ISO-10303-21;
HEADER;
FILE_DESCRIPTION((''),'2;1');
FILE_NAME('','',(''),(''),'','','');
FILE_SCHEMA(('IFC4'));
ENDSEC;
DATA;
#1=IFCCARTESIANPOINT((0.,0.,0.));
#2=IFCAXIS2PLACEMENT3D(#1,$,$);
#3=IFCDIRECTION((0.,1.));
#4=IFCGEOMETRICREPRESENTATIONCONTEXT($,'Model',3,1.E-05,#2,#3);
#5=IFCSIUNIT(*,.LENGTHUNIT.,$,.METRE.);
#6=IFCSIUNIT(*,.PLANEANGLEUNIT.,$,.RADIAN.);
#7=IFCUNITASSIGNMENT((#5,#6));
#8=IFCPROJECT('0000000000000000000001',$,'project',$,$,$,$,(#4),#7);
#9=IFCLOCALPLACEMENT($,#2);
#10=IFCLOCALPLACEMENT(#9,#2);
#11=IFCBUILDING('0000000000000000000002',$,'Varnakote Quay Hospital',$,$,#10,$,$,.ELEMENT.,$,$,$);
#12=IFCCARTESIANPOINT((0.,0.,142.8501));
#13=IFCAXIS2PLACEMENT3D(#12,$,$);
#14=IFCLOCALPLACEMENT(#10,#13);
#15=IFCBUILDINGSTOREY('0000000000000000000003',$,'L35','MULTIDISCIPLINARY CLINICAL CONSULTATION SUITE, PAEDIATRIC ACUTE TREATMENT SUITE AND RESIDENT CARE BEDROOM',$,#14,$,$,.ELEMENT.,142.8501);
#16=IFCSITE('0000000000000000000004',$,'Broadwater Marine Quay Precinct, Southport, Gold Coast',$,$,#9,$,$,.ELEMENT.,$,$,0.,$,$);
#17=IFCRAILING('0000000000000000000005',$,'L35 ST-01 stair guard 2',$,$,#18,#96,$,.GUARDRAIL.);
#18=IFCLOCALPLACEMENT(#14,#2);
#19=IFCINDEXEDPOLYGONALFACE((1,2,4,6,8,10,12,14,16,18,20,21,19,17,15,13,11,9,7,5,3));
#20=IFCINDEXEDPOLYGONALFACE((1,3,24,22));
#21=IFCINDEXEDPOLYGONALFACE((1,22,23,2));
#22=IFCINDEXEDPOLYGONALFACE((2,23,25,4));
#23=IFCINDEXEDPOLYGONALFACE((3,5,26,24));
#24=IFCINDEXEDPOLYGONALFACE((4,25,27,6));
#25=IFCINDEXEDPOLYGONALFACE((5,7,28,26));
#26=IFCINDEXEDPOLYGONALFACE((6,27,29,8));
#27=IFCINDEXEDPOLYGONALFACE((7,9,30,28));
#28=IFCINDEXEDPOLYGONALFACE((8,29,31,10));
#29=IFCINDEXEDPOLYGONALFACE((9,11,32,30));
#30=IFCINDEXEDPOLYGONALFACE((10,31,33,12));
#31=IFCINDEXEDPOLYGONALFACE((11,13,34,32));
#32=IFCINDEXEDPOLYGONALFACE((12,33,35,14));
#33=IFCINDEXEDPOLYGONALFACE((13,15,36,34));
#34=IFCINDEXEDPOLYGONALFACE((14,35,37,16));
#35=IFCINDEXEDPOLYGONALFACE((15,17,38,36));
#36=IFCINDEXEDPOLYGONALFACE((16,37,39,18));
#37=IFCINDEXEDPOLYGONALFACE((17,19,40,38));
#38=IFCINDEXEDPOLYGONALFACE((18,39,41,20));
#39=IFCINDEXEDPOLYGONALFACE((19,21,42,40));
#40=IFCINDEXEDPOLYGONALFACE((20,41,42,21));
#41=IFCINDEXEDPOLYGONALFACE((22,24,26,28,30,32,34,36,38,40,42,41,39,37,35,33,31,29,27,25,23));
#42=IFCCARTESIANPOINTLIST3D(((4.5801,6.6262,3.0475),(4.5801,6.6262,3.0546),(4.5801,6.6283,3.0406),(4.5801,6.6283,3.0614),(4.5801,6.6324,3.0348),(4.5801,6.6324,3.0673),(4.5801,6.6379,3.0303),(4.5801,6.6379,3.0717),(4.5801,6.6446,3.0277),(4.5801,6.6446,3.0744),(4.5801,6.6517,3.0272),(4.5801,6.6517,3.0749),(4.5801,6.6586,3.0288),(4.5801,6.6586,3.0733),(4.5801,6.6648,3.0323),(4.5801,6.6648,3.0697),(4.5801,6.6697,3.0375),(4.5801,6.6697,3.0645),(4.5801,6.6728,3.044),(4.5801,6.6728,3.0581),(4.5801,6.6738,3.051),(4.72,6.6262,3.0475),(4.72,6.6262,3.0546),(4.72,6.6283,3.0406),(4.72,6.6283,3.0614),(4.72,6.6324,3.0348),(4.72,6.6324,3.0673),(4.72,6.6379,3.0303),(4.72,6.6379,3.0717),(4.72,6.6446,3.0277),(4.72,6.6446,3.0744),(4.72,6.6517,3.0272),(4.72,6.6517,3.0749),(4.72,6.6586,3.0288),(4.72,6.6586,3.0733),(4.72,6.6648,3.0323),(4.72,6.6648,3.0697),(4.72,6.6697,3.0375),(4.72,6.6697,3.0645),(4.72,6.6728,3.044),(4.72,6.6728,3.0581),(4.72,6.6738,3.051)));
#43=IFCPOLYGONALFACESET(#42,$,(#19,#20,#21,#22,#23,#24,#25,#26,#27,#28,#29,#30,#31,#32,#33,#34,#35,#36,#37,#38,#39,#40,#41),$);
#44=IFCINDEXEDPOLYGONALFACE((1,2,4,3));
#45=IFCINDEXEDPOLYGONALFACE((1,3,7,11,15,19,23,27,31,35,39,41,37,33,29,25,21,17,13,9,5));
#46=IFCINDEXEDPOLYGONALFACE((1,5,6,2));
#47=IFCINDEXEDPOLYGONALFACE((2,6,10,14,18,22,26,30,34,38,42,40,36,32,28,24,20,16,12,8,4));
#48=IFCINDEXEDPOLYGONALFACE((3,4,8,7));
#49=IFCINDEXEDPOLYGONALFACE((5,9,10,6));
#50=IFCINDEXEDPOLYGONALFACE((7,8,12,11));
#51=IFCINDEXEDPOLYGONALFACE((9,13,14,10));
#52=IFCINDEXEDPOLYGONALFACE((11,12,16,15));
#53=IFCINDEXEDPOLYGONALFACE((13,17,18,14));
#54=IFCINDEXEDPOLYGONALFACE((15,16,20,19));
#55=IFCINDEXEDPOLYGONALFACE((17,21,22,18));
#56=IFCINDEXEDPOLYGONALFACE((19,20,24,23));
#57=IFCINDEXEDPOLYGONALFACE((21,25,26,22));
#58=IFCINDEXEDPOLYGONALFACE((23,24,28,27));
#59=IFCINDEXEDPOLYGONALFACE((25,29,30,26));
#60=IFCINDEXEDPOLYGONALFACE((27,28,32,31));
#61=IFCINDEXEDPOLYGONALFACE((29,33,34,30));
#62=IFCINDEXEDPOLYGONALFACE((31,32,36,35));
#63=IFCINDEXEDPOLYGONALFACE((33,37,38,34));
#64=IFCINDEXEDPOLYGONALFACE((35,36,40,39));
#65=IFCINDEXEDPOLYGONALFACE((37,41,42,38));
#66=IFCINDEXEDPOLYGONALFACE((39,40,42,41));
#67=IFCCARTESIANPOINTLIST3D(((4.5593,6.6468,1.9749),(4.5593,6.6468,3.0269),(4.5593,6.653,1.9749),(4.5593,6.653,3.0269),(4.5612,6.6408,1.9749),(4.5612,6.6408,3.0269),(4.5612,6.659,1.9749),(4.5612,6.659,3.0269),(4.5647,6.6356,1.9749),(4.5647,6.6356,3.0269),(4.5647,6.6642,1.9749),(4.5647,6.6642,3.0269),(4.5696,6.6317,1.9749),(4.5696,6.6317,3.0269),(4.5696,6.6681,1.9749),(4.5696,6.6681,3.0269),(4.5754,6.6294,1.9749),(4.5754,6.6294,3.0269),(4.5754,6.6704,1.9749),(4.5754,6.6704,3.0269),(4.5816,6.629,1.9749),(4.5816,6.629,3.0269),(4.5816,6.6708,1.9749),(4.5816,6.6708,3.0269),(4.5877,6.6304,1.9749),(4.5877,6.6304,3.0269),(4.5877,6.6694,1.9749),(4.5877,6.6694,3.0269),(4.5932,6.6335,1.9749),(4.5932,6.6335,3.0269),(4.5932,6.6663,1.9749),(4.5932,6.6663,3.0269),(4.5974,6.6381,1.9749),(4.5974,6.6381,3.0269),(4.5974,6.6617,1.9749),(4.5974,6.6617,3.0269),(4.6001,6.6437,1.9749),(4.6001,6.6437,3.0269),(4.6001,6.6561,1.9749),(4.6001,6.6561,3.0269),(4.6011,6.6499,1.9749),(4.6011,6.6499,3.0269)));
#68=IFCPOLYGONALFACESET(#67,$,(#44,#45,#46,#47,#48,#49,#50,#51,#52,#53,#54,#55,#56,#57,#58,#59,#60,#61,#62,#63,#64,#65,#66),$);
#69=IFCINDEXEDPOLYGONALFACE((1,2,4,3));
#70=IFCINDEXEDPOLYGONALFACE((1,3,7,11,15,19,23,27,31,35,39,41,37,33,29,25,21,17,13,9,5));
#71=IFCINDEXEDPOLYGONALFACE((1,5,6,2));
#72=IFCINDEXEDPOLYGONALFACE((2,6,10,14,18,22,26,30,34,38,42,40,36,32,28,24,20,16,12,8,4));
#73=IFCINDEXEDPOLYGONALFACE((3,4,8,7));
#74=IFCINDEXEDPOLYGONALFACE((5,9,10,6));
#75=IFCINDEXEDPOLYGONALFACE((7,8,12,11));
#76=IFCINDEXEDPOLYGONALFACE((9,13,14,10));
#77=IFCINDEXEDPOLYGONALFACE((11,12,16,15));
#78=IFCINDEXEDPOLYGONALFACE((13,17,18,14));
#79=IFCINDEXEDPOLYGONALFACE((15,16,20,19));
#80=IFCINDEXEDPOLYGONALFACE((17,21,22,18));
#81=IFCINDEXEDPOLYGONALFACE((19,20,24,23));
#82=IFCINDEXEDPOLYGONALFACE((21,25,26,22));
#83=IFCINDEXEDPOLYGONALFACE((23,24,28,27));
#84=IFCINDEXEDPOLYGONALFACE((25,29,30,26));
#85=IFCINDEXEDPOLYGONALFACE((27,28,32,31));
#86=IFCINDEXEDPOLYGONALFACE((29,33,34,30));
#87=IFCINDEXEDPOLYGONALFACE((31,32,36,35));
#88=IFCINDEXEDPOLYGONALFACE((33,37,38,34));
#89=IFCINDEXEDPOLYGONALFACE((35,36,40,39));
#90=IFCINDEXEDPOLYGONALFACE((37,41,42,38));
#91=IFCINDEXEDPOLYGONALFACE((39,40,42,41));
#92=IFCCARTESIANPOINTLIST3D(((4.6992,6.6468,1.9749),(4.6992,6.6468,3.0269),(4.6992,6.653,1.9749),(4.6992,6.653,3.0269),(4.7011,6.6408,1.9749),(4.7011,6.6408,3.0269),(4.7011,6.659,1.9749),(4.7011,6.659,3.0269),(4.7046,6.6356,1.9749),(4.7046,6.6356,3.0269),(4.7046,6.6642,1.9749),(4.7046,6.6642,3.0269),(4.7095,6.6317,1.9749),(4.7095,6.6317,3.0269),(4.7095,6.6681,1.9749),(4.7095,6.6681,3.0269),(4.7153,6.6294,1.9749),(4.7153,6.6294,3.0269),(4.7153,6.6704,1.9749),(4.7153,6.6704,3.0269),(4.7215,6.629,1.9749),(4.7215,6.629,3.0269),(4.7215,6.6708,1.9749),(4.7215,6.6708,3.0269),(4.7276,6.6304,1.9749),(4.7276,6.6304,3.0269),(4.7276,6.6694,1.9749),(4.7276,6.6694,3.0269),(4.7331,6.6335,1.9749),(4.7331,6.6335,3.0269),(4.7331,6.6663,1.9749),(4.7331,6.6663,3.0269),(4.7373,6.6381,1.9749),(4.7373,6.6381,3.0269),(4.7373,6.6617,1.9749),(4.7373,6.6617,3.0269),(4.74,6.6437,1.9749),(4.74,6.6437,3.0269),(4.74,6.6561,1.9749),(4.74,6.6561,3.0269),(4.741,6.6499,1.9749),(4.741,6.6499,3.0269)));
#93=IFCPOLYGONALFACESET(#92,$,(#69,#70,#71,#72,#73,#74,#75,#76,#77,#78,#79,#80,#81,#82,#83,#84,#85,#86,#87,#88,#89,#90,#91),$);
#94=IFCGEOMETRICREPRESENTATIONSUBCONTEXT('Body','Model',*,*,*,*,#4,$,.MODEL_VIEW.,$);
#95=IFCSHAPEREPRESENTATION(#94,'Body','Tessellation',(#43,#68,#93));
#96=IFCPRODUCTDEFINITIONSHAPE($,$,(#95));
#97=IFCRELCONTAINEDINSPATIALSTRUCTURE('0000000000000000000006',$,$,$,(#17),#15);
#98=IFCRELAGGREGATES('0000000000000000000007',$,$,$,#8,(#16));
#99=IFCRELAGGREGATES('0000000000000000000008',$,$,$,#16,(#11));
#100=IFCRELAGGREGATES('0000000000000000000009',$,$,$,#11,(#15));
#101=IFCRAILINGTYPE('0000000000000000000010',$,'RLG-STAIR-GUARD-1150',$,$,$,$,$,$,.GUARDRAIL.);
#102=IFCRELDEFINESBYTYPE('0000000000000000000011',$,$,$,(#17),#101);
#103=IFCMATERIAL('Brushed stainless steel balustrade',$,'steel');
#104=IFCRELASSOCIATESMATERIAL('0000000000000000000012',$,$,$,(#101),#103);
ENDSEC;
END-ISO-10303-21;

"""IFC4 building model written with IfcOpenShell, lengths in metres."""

from ifc_helpers import new_model, si_unit, direction, frame, origin, origin_2d, place, context, subcontext, project, spatial, circle, extrude, material, type_object, element, save


model = new_model("IFC4")

# Units and contexts
model_context = context("Model", 3, precision=1e-05, world=origin(), true_north=direction((0.0, 1.0)))
body_context = subcontext(model_context, "Body", "Model", "MODEL_VIEW")
ifc_project = project(units=[si_unit("LENGTHUNIT", "METRE"), si_unit("PLANEANGLEUNIT", "RADIAN")], contexts=[model_context])

# Site, building, storey
site_placement = place(None, origin())
site = spatial("IfcSite", under=ifc_project, at=site_placement, Name="Broadwater Marine Quay Precinct, Southport, Gold Coast", CompositionType="ELEMENT", RefElevation=0.0)
building_placement = place(site_placement, origin())
building = spatial("IfcBuilding", under=site, at=building_placement, Name="Varnakote Quay Hospital", CompositionType="ELEMENT")
storey_placement = place(building_placement, frame((0.0, 0.0, 142.8501)))
storey = spatial("IfcBuildingStorey", under=building, at=storey_placement, Name="L35", Description="MULTIDISCIPLINARY CLINICAL CONSULTATION SUITE, PAEDIATRIC ACUTE TREATMENT SUITE AND RESIDENT CARE BEDROOM", CompositionType="ELEMENT", Elevation=142.8501)

# Railing
ifc_material_1 = material(Name="Brushed stainless steel balustrade", Category="steel")
railing_type_1 = type_object("IfcRailingType", Name="RLG-STAIR-GUARD-1150", PredefinedType="GUARDRAIL", material=ifc_material_1)
railing_1_placement = place(storey_placement, frame((4.5801, 6.6499, 1.9749)))
element("IfcRailing", 1, at=railing_1_placement, inside=storey, type_object=railing_type_1, Name="L35 ST-01 stair guard 2", PredefinedType="GUARDRAIL", context=body_context, shape_type="SweptSolid", body=[
    extrude(circle(Radius=0.0239, at=origin_2d()), frame((0.0, 0.0, 1.0762), z_axis=(1.0, 0.0, 0.0), x_axis=(0.0, 1.0, 0.0)), (0.0, 0.0, 1.0), 0.1399),
    extrude(circle(Radius=0.021, at=origin_2d()), origin(), (0.0, 0.0, 1.0), 1.052),
    extrude(circle(Radius=0.021, at=origin_2d()), frame((0.1399, 0.0, 0.0)), (0.0, 0.0, 1.0), 1.052),
])

save(model, "model.ifc")
